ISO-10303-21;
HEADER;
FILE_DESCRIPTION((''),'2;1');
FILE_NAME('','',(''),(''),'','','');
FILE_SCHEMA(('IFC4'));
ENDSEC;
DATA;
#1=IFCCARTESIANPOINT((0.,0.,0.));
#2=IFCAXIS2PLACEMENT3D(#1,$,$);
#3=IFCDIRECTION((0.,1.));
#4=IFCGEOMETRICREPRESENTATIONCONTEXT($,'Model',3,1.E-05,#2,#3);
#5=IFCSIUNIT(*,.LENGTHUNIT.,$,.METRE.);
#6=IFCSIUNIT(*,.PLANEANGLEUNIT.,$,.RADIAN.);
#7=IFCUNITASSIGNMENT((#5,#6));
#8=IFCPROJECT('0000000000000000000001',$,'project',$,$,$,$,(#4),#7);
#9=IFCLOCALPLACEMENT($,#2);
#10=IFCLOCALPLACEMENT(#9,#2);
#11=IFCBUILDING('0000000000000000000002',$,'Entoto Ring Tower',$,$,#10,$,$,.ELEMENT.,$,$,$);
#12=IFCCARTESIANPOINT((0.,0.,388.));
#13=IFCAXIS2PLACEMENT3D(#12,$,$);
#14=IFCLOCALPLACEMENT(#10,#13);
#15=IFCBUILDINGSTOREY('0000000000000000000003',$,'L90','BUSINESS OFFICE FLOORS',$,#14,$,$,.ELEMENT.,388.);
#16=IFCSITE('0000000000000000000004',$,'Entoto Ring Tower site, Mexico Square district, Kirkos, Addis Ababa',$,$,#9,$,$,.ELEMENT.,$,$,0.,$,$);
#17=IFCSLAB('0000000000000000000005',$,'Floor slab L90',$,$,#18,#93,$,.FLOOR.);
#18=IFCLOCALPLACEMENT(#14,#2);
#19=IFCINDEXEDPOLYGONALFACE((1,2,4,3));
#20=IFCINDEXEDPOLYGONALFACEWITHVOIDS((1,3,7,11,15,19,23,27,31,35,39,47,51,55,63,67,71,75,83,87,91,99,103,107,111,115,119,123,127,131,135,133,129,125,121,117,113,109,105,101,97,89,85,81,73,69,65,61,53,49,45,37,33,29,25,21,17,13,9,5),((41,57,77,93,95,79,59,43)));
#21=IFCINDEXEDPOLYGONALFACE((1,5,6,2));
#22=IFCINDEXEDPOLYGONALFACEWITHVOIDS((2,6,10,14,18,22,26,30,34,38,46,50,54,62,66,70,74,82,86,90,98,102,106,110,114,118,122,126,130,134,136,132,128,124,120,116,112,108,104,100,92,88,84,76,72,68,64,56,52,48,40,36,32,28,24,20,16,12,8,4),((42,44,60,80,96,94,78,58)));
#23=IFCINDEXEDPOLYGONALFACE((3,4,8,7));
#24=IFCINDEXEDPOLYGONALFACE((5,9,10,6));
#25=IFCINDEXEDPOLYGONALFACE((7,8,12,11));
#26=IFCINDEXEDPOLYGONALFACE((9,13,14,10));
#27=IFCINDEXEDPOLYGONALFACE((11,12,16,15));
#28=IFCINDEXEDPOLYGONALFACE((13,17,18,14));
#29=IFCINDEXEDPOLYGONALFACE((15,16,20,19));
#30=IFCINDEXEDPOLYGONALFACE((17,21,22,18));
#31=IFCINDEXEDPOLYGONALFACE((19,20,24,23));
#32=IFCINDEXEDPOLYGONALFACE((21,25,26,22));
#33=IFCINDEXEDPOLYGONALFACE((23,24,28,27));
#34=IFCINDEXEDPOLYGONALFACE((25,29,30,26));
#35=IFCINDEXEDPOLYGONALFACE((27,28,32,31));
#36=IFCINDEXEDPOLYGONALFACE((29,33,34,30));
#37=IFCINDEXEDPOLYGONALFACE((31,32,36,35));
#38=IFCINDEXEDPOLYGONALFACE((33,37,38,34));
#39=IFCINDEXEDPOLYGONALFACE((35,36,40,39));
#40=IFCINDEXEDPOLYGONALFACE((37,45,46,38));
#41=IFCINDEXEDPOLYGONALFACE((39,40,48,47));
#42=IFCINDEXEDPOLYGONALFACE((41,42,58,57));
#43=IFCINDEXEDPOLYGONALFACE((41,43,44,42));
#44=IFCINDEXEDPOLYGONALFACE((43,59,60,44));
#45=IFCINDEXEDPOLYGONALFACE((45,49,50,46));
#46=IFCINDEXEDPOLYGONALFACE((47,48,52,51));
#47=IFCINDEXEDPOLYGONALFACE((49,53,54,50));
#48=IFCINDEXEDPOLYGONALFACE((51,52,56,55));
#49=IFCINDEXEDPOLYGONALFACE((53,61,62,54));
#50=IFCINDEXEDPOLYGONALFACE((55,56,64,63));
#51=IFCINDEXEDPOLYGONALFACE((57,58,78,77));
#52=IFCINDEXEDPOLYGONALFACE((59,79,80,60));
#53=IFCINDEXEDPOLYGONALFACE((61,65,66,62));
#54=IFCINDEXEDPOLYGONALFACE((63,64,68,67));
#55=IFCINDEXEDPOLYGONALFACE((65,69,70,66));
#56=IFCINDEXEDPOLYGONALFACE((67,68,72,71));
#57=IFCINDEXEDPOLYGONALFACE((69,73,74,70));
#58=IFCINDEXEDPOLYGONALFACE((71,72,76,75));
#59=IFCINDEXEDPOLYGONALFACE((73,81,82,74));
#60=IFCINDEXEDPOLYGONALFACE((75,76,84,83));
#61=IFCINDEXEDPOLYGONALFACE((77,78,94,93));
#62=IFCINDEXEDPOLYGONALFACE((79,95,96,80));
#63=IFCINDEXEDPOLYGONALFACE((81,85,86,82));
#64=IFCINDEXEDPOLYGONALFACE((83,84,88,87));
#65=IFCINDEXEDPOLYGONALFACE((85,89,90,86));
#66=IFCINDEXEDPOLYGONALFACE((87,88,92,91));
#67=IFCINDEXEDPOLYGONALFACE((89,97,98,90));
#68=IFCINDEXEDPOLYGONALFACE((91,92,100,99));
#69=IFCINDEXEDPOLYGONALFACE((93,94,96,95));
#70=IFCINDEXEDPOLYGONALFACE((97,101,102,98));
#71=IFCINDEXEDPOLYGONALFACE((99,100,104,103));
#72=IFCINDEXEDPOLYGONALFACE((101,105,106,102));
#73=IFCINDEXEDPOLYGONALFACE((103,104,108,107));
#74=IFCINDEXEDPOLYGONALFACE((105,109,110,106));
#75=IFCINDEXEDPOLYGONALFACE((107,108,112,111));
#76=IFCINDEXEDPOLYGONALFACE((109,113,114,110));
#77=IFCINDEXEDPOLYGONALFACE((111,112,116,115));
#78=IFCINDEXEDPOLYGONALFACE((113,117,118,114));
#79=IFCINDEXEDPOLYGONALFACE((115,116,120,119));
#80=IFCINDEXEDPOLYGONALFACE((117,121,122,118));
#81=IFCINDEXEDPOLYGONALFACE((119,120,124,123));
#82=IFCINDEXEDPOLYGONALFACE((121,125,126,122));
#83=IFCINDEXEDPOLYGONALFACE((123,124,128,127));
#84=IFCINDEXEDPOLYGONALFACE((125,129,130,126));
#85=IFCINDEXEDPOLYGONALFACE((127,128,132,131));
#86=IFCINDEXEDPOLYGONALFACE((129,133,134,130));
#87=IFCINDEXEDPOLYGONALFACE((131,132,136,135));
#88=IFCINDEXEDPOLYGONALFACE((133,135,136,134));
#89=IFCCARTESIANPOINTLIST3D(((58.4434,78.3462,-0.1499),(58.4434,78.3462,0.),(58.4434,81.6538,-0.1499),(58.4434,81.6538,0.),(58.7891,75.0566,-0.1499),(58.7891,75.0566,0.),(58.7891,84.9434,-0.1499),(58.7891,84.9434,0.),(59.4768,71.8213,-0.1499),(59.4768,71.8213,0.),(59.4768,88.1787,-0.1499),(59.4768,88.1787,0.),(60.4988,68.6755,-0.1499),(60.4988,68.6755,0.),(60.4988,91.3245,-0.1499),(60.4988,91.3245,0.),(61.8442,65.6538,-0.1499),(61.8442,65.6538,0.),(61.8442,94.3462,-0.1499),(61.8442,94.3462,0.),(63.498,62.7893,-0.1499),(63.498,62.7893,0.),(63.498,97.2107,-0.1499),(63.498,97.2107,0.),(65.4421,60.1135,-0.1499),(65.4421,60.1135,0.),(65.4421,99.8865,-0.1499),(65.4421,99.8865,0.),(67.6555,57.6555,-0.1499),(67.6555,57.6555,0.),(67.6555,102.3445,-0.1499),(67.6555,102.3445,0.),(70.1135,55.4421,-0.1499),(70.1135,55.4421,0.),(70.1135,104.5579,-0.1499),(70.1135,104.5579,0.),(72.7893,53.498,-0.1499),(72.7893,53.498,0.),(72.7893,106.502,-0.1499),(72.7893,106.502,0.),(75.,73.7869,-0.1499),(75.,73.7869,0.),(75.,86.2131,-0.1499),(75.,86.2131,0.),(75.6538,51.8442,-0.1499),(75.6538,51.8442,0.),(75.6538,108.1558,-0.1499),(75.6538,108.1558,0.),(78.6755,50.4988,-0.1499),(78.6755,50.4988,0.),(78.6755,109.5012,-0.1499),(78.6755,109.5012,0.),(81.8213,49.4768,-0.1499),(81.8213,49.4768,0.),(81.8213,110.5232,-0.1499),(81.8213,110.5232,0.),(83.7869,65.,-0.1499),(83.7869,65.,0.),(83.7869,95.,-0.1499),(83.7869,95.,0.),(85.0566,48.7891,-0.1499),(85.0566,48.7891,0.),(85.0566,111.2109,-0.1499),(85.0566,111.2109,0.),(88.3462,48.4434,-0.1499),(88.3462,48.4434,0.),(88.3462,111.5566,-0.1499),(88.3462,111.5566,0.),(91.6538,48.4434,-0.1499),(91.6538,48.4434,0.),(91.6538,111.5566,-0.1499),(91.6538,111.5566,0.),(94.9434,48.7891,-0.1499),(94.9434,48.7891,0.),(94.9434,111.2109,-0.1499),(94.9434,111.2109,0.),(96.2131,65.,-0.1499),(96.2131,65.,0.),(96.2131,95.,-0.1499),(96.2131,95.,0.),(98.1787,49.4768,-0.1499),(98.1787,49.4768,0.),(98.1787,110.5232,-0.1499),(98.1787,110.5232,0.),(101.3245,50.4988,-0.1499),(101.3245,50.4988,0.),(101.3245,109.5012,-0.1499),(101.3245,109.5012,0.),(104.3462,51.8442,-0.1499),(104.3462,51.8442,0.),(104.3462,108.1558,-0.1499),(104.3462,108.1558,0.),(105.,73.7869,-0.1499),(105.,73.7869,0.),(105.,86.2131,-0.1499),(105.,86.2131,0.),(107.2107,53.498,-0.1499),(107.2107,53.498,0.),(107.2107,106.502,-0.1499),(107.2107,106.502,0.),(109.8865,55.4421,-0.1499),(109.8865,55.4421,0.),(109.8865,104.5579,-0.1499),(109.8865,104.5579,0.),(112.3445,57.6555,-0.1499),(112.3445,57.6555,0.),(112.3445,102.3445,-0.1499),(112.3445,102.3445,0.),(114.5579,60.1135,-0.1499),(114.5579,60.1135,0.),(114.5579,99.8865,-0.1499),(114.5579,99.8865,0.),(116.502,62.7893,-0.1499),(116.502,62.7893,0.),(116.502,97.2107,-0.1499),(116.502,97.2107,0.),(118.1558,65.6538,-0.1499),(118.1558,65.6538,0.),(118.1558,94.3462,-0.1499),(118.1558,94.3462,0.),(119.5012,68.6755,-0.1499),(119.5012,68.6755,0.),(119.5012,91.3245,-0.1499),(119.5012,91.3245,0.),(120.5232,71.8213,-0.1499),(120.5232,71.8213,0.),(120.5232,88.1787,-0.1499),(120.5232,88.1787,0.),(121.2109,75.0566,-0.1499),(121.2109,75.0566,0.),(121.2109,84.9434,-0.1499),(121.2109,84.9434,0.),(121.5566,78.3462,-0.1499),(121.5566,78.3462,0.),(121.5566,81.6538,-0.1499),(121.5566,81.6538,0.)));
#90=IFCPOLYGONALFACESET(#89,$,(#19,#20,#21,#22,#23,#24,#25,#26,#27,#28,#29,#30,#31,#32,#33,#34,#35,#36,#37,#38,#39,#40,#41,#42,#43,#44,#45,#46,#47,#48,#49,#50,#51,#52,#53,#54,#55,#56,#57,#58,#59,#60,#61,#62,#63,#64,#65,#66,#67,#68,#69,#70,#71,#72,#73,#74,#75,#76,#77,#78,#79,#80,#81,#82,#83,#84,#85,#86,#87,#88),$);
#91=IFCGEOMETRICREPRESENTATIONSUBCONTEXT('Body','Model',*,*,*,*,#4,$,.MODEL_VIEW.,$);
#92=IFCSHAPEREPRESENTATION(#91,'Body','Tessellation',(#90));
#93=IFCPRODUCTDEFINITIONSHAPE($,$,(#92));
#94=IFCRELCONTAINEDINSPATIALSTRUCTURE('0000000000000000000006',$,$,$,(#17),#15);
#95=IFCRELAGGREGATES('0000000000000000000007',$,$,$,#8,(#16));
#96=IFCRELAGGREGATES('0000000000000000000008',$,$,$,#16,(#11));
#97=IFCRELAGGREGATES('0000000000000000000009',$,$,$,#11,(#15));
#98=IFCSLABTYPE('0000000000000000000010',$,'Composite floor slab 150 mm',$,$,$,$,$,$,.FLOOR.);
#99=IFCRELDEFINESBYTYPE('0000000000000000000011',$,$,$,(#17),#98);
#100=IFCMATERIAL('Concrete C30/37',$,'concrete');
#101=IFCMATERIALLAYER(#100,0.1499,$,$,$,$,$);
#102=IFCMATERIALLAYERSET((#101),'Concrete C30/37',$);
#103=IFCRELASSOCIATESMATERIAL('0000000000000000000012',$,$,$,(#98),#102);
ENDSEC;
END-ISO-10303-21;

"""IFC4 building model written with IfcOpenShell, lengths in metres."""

from ifc_helpers import new_model, si_unit, direction, frame, origin, place, context, subcontext, project, spatial, polyline, outline, extrude, material, layer, layer_set, type_object, element, save


model = new_model("IFC4")

# Units and contexts
model_context = context("Model", 3, precision=1e-05, world=origin(), true_north=direction((0.0, 1.0)))
body_context = subcontext(model_context, "Body", "Model", "MODEL_VIEW")
ifc_project = project(units=[si_unit("LENGTHUNIT", "METRE"), si_unit("PLANEANGLEUNIT", "RADIAN")], contexts=[model_context])

# Site, building, storey
site_placement = place(None, origin())
building_placement = place(site_placement, origin())
storey_placement = place(building_placement, frame((0.0, 0.0, 388.0)))
site = spatial("IfcSite", under=ifc_project, at=site_placement, Name="Entoto Ring Tower site, Mexico Square district, Kirkos, Addis Ababa", CompositionType="ELEMENT", RefElevation=0.0)
building = spatial("IfcBuilding", under=site, at=building_placement, Name="Entoto Ring Tower", CompositionType="ELEMENT")
storey = spatial("IfcBuildingStorey", under=building, at=storey_placement, Name="L90", Description="BUSINESS OFFICE FLOORS", CompositionType="ELEMENT", Elevation=388.0)

# Slab
ifc_material_1 = material(Name="Concrete C30/37", Category="concrete")
ifc_layer_1 = layer(ifc_material_1, 0.1499)
ifc_layer_set_1 = layer_set([ifc_layer_1], Name="Concrete C30/37")
slab_type = type_object("IfcSlabType", Name="Composite floor slab 150 mm", PredefinedType="FLOOR", material=ifc_layer_set_1)
slab_placement = place(storey_placement, frame((0.0, 0.0, -0.1499)))
element("IfcSlab", 1, at=slab_placement, inside=storey, type_object=slab_type, Name="Floor slab L90", PredefinedType="FLOOR", context=body_context, shape_type="SweptSolid", body=[
    extrude(outline(polyline([(121.2109, 84.9434), (120.5232, 88.1787), (119.5012, 91.3245), (118.1558, 94.3462), (116.502, 97.2107), (114.5579, 99.8865), (112.3445, 102.3445), (109.8865, 104.5579), (107.2107, 106.502), (104.3462, 108.1558), (101.3245, 109.5012), (98.1787, 110.5232), (94.9434, 111.2109), (91.6538, 111.5566), (88.3462, 111.5566), (85.0566, 111.2109), (81.8213, 110.5232), (78.6755, 109.5012), (75.6538, 108.1558), (72.7893, 106.502), (70.1135, 104.5579), (67.6555, 102.3445), (65.4421, 99.8865), (63.498, 97.2107), (61.8442, 94.3462), (60.4988, 91.3245), (59.4768, 88.1787), (58.7891, 84.9434), (58.4434, 81.6538), (58.4434, 78.3462), (58.7891, 75.0566), (59.4768, 71.8213), (60.4988, 68.6755), (61.8442, 65.6538), (63.498, 62.7893), (65.4421, 60.1135), (67.6555, 57.6555), (70.1135, 55.4421), (72.7893, 53.498), (75.6538, 51.8442), (78.6755, 50.4988), (81.8213, 49.4768), (85.0566, 48.7891), (88.3462, 48.4434), (91.6538, 48.4434), (94.9434, 48.7891), (98.1787, 49.4768), (101.3245, 50.4988), (104.3462, 51.8442), (107.2107, 53.498), (109.8865, 55.4421), (112.3445, 57.6555), (114.5579, 60.1135), (116.502, 62.7893), (118.1558, 65.6538), (119.5012, 68.6755), (120.5232, 71.8213), (121.2109, 75.0566), (121.5566, 78.3462), (121.5566, 81.6538), (121.2109, 84.9434)]), holes=[polyline([(105.0, 73.7869), (105.0, 86.2131), (96.2131, 95.0), (83.7869, 95.0), (75.0, 86.2131), (75.0, 73.7869), (83.7869, 65.0), (96.2131, 65.0), (105.0, 73.7869)])]), origin(), (0.0, 0.0, 1.0), 0.1499),
])

save(model, "model.ifc")
